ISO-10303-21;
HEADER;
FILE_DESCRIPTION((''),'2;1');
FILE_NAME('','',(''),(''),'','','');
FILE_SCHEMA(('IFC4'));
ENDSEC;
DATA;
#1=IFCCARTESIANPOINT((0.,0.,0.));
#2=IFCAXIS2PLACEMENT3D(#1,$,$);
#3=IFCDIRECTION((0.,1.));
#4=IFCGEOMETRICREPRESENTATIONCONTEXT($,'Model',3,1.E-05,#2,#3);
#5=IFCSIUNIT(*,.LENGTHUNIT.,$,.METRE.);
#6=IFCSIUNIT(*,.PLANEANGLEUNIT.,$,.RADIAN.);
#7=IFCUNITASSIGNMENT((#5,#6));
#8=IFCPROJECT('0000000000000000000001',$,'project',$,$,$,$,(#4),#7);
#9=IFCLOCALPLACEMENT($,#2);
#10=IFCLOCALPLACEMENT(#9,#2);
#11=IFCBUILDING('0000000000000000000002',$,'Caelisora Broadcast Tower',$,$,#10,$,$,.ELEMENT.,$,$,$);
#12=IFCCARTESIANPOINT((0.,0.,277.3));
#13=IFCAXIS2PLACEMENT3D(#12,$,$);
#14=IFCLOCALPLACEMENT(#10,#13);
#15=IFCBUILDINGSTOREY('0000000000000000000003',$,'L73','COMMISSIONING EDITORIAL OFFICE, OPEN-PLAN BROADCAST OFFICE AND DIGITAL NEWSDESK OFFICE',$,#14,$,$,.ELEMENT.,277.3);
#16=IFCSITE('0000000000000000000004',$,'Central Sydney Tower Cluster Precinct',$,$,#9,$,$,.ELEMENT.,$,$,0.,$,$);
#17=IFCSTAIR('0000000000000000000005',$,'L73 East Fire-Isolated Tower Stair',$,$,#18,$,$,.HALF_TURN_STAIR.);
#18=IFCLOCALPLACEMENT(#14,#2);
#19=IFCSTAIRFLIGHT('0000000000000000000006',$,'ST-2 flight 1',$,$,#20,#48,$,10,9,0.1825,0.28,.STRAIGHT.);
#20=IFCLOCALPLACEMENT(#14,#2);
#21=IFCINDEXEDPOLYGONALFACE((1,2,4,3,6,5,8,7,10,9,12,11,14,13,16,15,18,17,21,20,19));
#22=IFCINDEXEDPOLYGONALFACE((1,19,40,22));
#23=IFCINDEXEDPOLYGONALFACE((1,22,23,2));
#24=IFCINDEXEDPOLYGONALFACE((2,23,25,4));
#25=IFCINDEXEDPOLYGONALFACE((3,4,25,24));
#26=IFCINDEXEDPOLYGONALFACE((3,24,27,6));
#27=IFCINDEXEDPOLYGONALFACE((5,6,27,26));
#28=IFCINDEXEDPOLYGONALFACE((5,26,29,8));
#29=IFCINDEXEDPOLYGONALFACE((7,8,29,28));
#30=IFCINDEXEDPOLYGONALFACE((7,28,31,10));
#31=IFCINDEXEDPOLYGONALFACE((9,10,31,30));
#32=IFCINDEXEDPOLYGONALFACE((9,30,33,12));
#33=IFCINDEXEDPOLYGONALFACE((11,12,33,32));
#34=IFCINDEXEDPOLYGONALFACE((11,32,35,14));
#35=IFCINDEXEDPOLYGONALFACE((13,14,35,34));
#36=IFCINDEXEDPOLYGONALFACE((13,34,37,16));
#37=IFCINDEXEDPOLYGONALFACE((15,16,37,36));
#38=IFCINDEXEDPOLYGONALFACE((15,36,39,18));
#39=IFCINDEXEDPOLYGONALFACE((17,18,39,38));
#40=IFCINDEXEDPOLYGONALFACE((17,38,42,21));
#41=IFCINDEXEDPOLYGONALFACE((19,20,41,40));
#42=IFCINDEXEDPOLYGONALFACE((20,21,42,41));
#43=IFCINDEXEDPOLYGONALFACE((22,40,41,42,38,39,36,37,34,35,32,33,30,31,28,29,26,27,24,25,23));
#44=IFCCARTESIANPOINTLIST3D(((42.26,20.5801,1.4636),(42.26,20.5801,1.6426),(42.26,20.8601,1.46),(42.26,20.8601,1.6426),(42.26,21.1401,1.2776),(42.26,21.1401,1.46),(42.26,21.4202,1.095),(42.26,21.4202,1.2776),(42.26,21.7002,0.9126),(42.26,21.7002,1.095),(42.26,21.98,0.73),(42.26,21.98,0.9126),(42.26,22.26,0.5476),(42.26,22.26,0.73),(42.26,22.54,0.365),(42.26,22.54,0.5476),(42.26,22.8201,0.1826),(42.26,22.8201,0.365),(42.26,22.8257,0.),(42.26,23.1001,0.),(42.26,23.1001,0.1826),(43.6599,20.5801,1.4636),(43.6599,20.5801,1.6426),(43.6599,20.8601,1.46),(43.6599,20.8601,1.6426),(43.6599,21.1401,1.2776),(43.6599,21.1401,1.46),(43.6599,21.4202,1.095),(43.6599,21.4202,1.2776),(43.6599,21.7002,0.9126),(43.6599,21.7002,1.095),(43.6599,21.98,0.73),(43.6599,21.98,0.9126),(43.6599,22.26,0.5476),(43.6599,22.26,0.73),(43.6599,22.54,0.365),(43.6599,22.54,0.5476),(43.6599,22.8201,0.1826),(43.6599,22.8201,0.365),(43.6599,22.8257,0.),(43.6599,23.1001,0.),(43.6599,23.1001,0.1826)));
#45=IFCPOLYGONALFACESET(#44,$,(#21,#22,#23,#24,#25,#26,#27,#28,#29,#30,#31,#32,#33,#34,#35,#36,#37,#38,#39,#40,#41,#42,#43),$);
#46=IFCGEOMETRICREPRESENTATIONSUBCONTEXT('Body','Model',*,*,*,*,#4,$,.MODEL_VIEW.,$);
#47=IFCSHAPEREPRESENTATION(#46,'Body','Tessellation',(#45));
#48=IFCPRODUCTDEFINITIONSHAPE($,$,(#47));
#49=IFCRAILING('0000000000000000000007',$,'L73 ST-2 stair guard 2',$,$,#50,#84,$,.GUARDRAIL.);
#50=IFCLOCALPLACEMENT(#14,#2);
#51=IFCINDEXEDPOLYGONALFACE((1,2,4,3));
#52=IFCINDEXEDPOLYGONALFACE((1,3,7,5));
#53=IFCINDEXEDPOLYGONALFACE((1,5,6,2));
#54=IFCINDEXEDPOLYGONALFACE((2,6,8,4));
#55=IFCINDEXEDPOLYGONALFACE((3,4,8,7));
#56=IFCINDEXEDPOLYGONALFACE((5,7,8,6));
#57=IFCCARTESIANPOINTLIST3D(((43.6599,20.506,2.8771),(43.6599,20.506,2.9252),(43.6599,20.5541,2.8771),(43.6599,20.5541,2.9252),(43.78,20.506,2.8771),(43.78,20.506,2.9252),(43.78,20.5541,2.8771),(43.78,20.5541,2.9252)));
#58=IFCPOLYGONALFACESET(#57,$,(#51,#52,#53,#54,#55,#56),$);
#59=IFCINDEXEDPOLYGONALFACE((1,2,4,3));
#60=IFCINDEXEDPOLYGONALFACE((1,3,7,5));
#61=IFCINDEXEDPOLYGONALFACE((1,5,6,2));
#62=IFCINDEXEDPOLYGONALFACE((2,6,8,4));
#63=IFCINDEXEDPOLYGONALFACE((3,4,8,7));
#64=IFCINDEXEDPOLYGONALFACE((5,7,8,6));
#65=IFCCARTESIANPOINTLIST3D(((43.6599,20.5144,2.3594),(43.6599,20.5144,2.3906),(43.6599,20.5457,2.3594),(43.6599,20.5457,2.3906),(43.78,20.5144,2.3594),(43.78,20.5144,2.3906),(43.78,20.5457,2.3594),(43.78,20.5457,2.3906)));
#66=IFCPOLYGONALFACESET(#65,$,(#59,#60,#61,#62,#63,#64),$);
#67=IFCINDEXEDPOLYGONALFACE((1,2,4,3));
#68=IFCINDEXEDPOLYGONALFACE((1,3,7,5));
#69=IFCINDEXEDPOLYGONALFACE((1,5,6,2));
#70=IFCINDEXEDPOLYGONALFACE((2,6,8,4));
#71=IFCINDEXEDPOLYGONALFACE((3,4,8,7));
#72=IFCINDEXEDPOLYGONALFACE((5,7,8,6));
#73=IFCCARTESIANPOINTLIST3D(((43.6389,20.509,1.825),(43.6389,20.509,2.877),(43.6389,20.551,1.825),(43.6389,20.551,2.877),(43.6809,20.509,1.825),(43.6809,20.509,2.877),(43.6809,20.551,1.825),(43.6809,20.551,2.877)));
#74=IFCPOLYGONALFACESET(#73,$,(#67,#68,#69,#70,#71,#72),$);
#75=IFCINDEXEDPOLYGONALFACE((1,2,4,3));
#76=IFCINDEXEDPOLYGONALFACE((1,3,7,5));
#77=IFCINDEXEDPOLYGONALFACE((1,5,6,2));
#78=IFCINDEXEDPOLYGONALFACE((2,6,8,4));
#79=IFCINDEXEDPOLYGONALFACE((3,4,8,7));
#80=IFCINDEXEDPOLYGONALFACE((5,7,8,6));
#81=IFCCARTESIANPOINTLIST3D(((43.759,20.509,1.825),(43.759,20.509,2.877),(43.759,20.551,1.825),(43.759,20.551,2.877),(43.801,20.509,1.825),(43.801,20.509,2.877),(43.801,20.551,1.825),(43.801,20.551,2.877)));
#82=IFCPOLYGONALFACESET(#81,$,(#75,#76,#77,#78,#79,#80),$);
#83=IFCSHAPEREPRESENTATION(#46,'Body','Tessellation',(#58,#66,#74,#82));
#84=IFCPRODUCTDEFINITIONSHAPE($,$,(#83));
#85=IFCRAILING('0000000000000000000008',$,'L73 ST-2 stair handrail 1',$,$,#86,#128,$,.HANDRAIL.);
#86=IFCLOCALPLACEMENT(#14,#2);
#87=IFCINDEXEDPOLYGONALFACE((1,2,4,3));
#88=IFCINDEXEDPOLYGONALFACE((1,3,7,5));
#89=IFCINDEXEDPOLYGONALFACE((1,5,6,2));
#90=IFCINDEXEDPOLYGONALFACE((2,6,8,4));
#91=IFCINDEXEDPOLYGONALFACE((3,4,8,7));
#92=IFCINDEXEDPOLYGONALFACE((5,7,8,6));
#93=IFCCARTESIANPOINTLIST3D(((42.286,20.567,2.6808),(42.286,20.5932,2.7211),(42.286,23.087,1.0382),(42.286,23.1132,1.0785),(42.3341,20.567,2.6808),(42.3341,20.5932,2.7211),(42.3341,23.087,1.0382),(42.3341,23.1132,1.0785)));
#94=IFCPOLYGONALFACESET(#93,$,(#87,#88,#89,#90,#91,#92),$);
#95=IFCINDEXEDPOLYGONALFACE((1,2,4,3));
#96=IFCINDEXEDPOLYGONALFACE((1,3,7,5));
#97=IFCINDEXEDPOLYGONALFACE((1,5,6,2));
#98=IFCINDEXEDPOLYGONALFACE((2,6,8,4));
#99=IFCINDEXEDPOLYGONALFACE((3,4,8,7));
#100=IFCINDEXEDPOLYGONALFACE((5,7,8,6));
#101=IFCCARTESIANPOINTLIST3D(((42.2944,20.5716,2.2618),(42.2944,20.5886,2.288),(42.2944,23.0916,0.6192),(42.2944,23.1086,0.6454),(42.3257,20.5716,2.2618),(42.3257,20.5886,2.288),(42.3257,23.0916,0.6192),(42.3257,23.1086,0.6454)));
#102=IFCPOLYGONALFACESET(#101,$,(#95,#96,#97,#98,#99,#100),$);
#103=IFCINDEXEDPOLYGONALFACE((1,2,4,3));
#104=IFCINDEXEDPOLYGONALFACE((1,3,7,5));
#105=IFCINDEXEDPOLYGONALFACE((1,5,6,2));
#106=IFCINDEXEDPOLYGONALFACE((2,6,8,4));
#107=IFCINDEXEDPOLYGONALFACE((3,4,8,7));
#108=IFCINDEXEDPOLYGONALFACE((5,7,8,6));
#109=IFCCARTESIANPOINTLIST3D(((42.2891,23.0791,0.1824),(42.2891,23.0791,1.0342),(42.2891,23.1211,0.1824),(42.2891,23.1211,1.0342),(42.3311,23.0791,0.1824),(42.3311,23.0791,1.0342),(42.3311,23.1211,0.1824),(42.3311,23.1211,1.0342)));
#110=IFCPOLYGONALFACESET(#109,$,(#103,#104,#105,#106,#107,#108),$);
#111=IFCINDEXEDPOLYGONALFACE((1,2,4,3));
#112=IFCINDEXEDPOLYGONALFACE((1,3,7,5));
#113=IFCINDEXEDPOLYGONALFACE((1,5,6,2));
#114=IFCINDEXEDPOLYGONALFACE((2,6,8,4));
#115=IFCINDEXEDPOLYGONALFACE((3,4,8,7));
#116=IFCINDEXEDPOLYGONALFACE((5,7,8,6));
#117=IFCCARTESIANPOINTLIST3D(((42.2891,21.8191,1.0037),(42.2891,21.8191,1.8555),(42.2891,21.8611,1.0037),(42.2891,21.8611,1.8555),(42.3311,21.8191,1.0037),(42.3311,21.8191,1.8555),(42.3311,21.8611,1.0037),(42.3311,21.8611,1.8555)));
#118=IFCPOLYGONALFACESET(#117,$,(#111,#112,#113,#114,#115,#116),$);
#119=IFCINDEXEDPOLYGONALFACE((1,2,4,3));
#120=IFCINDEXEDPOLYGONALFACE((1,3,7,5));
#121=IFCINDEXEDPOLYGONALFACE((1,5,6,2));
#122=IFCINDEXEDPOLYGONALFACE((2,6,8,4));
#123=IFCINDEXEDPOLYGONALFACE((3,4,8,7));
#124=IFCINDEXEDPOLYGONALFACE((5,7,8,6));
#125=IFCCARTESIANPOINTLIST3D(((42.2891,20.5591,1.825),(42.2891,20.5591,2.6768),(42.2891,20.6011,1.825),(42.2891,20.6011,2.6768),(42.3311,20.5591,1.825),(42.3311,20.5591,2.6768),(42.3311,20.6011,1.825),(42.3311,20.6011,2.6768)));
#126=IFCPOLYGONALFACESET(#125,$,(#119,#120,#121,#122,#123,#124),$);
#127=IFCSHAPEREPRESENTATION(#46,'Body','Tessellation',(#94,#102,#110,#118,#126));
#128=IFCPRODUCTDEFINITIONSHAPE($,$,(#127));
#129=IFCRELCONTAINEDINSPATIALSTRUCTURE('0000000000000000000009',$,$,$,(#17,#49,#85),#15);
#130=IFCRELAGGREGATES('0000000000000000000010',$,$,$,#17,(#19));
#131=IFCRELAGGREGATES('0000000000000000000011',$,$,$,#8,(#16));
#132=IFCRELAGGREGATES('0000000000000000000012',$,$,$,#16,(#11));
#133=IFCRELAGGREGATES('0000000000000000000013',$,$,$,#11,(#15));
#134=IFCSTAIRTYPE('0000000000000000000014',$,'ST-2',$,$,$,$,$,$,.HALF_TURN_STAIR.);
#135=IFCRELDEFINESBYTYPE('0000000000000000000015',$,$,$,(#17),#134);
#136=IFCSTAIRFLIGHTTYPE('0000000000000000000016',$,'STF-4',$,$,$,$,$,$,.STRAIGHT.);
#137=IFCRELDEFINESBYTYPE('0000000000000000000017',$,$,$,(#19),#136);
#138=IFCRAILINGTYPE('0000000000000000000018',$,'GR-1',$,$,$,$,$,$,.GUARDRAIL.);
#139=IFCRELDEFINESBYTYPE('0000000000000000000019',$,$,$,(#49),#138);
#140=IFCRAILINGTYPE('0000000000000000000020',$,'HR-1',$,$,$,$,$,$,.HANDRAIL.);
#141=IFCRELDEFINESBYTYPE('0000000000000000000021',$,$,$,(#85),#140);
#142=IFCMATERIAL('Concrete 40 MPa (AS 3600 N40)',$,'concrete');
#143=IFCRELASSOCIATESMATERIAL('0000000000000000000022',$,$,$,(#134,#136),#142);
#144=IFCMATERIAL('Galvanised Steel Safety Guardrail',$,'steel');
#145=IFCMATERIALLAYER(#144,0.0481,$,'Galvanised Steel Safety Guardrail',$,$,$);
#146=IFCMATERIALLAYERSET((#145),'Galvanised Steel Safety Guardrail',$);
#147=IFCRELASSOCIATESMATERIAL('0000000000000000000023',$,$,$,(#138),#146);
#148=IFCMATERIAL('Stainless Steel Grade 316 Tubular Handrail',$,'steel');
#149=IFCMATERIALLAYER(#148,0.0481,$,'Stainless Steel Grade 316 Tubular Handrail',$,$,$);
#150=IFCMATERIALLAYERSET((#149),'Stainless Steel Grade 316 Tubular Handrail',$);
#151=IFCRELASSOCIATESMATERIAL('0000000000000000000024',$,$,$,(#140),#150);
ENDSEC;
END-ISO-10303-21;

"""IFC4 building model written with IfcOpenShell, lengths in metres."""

from ifc_helpers import new_model, si_unit, direction, frame, origin, origin_2d, place, context, subcontext, project, spatial, polyline, rectangle, outline, extrude, material, layer, layer_set, type_object, element, aggregate, save


model = new_model("IFC4")

# Units and contexts
model_context = context("Model", 3, precision=1e-05, world=origin(), true_north=direction((0.0, 1.0)))
body_context = subcontext(model_context, "Body", "Model", "MODEL_VIEW")
ifc_project = project(units=[si_unit("LENGTHUNIT", "METRE"), si_unit("PLANEANGLEUNIT", "RADIAN")], contexts=[model_context])

# Site, building, storey
site_placement = place(None, origin())
site = spatial("IfcSite", under=ifc_project, at=site_placement, Name="Central Sydney Tower Cluster Precinct", CompositionType="ELEMENT", RefElevation=0.0)
building_placement = place(site_placement, origin())
building = spatial("IfcBuilding", under=site, at=building_placement, Name="Caelisora Broadcast Tower", CompositionType="ELEMENT")
storey_placement = place(building_placement, frame((0.0, 0.0, 277.3)))
storey = spatial("IfcBuildingStorey", under=building, at=storey_placement, Name="L73", Description="COMMISSIONING EDITORIAL OFFICE, OPEN-PLAN BROADCAST OFFICE AND DIGITAL NEWSDESK OFFICE", CompositionType="ELEMENT", Elevation=277.3)

# Shared definitions
ifc_material_1 = material(Name="Concrete 40 MPa (AS 3600 N40)", Category="concrete")

# Stair, stair flight
stair_type = type_object("IfcStairType", Name="ST-2", PredefinedType="HALF_TURN_STAIR", material=ifc_material_1)
stair_placement = place(storey_placement, origin())
stair = element("IfcStair", 1, at=stair_placement, inside=storey, type_object=stair_type, Name="L73 East Fire-Isolated Tower Stair", PredefinedType="HALF_TURN_STAIR")
stair_flight_type = type_object("IfcStairFlightType", Name="STF-4", PredefinedType="STRAIGHT", material=ifc_material_1)
stair_flight_placement = place(storey_placement, frame((42.96, 23.1001, 0.0), z_axis=(0.0, 0.0, 1.0), x_axis=(0.0, -1.0, 0.0)))
stair_flight = element("IfcStairFlight", 2, at=stair_flight_placement, type_object=stair_flight_type, Name="ST-2 flight 1", NumberOfRisers=10, NumberOfTreads=9, PredefinedType="STRAIGHT", RiserHeight=0.1825, TreadLength=0.28, context=body_context, shape_type="SweptSolid", body=[
    extrude(outline(polyline([(0.0, 0.0), (0.0, 0.1826), (0.28, 0.1826), (0.28, 0.365), (0.5601, 0.365), (0.5601, 0.5476), (0.8401, 0.5476), (0.8401, 0.73), (1.1201, 0.73), (1.1201, 0.9126), (1.3999, 0.9126), (1.3999, 1.095), (1.6799, 1.095), (1.6799, 1.2776), (1.96, 1.2776), (1.96, 1.46), (2.24, 1.46), (2.24, 1.6426), (2.52, 1.6426), (2.52, 1.825), (2.52, 1.4636), (0.2744, 0.0), (0.0, 0.0)])), frame((0.0, 0.7, 0.0), z_axis=(0.0, -1.0, 0.0), x_axis=(1.0, 0.0, 0.0)), (0.0, 0.0, 1.0), 1.3999),
])
aggregate(stair, [stair_flight])

# Railings
ifc_material_2 = material(Name="Galvanised Steel Safety Guardrail", Category="steel")
ifc_layer_1 = layer(ifc_material_2, 0.0481, Name="Galvanised Steel Safety Guardrail")
ifc_layer_set_1 = layer_set([ifc_layer_1], Name="Galvanised Steel Safety Guardrail")
railing_type_1 = type_object("IfcRailingType", Name="GR-1", PredefinedType="GUARDRAIL", material=ifc_layer_set_1)
railing_1_placement = place(storey_placement, frame((43.6599, 20.53, 1.825)))
element("IfcRailing", 3, at=railing_1_placement, inside=storey, type_object=railing_type_1, Name="L73 ST-2 stair guard 2", PredefinedType="GUARDRAIL", context=body_context, shape_type="SweptSolid", body=[
    extrude(rectangle(XDim=0.0481, YDim=0.0481, at=origin_2d()), frame((0.0, 0.0, 1.0762), z_axis=(1.0, 0.0, 0.0), x_axis=(0.0, 1.0, 0.0)), (0.0, 0.0, 1.0), 0.1201),
    extrude(rectangle(XDim=0.0312, YDim=0.0312, at=origin_2d()), frame((0.0, 0.0, 0.55), z_axis=(1.0, 0.0, 0.0), x_axis=(0.0, 1.0, 0.0)), (0.0, 0.0, 1.0), 0.1201),
    extrude(rectangle(XDim=0.042, YDim=0.042, at=origin_2d()), origin(), (0.0, 0.0, 1.0), 1.052),
    extrude(rectangle(XDim=0.042, YDim=0.042, at=origin_2d()), frame((0.1201, 0.0, 0.0)), (0.0, 0.0, 1.0), 1.052),
])
ifc_material_3 = material(Name="Stainless Steel Grade 316 Tubular Handrail", Category="steel")
ifc_layer_2 = layer(ifc_material_3, 0.0481, Name="Stainless Steel Grade 316 Tubular Handrail")
ifc_layer_set_2 = layer_set([ifc_layer_2], Name="Stainless Steel Grade 316 Tubular Handrail")
railing_type_2 = type_object("IfcRailingType", Name="HR-1", PredefinedType="HANDRAIL", material=ifc_layer_set_2)
railing_2_placement = place(storey_placement, frame((42.3101, 23.1001, 0.1824)))
element("IfcRailing", 4, at=railing_2_placement, inside=storey, type_object=railing_type_2, Name="L73 ST-2 stair handrail 1", PredefinedType="HANDRAIL", context=body_context, shape_type="SweptSolid", body=[
    extrude(rectangle(XDim=0.0481, YDim=0.0481, at=origin_2d()), frame((0.0, 0.0, 0.876), z_axis=(0.0, -0.837749, 0.546055), x_axis=(1.0, 0.0, 0.0)), (0.0, 0.0, 1.0), 3.0081),
    extrude(rectangle(XDim=0.0312, YDim=0.0312, at=origin_2d()), frame((0.0, 0.0, 0.45), z_axis=(0.0, -0.837749, 0.546055), x_axis=(1.0, 0.0, 0.0)), (0.0, 0.0, 1.0), 3.0081),
    extrude(rectangle(XDim=0.042, YDim=0.042, at=origin_2d()), origin(), (0.0, 0.0, 1.0), 0.8518),
    extrude(rectangle(XDim=0.042, YDim=0.042, at=origin_2d()), frame((0.0, -1.26, 0.8213)), (0.0, 0.0, 1.0), 0.8518),
    extrude(rectangle(XDim=0.042, YDim=0.042, at=origin_2d()), frame((0.0, -2.52, 1.6426)), (0.0, 0.0, 1.0), 0.8518),
])

save(model, "model.ifc")
